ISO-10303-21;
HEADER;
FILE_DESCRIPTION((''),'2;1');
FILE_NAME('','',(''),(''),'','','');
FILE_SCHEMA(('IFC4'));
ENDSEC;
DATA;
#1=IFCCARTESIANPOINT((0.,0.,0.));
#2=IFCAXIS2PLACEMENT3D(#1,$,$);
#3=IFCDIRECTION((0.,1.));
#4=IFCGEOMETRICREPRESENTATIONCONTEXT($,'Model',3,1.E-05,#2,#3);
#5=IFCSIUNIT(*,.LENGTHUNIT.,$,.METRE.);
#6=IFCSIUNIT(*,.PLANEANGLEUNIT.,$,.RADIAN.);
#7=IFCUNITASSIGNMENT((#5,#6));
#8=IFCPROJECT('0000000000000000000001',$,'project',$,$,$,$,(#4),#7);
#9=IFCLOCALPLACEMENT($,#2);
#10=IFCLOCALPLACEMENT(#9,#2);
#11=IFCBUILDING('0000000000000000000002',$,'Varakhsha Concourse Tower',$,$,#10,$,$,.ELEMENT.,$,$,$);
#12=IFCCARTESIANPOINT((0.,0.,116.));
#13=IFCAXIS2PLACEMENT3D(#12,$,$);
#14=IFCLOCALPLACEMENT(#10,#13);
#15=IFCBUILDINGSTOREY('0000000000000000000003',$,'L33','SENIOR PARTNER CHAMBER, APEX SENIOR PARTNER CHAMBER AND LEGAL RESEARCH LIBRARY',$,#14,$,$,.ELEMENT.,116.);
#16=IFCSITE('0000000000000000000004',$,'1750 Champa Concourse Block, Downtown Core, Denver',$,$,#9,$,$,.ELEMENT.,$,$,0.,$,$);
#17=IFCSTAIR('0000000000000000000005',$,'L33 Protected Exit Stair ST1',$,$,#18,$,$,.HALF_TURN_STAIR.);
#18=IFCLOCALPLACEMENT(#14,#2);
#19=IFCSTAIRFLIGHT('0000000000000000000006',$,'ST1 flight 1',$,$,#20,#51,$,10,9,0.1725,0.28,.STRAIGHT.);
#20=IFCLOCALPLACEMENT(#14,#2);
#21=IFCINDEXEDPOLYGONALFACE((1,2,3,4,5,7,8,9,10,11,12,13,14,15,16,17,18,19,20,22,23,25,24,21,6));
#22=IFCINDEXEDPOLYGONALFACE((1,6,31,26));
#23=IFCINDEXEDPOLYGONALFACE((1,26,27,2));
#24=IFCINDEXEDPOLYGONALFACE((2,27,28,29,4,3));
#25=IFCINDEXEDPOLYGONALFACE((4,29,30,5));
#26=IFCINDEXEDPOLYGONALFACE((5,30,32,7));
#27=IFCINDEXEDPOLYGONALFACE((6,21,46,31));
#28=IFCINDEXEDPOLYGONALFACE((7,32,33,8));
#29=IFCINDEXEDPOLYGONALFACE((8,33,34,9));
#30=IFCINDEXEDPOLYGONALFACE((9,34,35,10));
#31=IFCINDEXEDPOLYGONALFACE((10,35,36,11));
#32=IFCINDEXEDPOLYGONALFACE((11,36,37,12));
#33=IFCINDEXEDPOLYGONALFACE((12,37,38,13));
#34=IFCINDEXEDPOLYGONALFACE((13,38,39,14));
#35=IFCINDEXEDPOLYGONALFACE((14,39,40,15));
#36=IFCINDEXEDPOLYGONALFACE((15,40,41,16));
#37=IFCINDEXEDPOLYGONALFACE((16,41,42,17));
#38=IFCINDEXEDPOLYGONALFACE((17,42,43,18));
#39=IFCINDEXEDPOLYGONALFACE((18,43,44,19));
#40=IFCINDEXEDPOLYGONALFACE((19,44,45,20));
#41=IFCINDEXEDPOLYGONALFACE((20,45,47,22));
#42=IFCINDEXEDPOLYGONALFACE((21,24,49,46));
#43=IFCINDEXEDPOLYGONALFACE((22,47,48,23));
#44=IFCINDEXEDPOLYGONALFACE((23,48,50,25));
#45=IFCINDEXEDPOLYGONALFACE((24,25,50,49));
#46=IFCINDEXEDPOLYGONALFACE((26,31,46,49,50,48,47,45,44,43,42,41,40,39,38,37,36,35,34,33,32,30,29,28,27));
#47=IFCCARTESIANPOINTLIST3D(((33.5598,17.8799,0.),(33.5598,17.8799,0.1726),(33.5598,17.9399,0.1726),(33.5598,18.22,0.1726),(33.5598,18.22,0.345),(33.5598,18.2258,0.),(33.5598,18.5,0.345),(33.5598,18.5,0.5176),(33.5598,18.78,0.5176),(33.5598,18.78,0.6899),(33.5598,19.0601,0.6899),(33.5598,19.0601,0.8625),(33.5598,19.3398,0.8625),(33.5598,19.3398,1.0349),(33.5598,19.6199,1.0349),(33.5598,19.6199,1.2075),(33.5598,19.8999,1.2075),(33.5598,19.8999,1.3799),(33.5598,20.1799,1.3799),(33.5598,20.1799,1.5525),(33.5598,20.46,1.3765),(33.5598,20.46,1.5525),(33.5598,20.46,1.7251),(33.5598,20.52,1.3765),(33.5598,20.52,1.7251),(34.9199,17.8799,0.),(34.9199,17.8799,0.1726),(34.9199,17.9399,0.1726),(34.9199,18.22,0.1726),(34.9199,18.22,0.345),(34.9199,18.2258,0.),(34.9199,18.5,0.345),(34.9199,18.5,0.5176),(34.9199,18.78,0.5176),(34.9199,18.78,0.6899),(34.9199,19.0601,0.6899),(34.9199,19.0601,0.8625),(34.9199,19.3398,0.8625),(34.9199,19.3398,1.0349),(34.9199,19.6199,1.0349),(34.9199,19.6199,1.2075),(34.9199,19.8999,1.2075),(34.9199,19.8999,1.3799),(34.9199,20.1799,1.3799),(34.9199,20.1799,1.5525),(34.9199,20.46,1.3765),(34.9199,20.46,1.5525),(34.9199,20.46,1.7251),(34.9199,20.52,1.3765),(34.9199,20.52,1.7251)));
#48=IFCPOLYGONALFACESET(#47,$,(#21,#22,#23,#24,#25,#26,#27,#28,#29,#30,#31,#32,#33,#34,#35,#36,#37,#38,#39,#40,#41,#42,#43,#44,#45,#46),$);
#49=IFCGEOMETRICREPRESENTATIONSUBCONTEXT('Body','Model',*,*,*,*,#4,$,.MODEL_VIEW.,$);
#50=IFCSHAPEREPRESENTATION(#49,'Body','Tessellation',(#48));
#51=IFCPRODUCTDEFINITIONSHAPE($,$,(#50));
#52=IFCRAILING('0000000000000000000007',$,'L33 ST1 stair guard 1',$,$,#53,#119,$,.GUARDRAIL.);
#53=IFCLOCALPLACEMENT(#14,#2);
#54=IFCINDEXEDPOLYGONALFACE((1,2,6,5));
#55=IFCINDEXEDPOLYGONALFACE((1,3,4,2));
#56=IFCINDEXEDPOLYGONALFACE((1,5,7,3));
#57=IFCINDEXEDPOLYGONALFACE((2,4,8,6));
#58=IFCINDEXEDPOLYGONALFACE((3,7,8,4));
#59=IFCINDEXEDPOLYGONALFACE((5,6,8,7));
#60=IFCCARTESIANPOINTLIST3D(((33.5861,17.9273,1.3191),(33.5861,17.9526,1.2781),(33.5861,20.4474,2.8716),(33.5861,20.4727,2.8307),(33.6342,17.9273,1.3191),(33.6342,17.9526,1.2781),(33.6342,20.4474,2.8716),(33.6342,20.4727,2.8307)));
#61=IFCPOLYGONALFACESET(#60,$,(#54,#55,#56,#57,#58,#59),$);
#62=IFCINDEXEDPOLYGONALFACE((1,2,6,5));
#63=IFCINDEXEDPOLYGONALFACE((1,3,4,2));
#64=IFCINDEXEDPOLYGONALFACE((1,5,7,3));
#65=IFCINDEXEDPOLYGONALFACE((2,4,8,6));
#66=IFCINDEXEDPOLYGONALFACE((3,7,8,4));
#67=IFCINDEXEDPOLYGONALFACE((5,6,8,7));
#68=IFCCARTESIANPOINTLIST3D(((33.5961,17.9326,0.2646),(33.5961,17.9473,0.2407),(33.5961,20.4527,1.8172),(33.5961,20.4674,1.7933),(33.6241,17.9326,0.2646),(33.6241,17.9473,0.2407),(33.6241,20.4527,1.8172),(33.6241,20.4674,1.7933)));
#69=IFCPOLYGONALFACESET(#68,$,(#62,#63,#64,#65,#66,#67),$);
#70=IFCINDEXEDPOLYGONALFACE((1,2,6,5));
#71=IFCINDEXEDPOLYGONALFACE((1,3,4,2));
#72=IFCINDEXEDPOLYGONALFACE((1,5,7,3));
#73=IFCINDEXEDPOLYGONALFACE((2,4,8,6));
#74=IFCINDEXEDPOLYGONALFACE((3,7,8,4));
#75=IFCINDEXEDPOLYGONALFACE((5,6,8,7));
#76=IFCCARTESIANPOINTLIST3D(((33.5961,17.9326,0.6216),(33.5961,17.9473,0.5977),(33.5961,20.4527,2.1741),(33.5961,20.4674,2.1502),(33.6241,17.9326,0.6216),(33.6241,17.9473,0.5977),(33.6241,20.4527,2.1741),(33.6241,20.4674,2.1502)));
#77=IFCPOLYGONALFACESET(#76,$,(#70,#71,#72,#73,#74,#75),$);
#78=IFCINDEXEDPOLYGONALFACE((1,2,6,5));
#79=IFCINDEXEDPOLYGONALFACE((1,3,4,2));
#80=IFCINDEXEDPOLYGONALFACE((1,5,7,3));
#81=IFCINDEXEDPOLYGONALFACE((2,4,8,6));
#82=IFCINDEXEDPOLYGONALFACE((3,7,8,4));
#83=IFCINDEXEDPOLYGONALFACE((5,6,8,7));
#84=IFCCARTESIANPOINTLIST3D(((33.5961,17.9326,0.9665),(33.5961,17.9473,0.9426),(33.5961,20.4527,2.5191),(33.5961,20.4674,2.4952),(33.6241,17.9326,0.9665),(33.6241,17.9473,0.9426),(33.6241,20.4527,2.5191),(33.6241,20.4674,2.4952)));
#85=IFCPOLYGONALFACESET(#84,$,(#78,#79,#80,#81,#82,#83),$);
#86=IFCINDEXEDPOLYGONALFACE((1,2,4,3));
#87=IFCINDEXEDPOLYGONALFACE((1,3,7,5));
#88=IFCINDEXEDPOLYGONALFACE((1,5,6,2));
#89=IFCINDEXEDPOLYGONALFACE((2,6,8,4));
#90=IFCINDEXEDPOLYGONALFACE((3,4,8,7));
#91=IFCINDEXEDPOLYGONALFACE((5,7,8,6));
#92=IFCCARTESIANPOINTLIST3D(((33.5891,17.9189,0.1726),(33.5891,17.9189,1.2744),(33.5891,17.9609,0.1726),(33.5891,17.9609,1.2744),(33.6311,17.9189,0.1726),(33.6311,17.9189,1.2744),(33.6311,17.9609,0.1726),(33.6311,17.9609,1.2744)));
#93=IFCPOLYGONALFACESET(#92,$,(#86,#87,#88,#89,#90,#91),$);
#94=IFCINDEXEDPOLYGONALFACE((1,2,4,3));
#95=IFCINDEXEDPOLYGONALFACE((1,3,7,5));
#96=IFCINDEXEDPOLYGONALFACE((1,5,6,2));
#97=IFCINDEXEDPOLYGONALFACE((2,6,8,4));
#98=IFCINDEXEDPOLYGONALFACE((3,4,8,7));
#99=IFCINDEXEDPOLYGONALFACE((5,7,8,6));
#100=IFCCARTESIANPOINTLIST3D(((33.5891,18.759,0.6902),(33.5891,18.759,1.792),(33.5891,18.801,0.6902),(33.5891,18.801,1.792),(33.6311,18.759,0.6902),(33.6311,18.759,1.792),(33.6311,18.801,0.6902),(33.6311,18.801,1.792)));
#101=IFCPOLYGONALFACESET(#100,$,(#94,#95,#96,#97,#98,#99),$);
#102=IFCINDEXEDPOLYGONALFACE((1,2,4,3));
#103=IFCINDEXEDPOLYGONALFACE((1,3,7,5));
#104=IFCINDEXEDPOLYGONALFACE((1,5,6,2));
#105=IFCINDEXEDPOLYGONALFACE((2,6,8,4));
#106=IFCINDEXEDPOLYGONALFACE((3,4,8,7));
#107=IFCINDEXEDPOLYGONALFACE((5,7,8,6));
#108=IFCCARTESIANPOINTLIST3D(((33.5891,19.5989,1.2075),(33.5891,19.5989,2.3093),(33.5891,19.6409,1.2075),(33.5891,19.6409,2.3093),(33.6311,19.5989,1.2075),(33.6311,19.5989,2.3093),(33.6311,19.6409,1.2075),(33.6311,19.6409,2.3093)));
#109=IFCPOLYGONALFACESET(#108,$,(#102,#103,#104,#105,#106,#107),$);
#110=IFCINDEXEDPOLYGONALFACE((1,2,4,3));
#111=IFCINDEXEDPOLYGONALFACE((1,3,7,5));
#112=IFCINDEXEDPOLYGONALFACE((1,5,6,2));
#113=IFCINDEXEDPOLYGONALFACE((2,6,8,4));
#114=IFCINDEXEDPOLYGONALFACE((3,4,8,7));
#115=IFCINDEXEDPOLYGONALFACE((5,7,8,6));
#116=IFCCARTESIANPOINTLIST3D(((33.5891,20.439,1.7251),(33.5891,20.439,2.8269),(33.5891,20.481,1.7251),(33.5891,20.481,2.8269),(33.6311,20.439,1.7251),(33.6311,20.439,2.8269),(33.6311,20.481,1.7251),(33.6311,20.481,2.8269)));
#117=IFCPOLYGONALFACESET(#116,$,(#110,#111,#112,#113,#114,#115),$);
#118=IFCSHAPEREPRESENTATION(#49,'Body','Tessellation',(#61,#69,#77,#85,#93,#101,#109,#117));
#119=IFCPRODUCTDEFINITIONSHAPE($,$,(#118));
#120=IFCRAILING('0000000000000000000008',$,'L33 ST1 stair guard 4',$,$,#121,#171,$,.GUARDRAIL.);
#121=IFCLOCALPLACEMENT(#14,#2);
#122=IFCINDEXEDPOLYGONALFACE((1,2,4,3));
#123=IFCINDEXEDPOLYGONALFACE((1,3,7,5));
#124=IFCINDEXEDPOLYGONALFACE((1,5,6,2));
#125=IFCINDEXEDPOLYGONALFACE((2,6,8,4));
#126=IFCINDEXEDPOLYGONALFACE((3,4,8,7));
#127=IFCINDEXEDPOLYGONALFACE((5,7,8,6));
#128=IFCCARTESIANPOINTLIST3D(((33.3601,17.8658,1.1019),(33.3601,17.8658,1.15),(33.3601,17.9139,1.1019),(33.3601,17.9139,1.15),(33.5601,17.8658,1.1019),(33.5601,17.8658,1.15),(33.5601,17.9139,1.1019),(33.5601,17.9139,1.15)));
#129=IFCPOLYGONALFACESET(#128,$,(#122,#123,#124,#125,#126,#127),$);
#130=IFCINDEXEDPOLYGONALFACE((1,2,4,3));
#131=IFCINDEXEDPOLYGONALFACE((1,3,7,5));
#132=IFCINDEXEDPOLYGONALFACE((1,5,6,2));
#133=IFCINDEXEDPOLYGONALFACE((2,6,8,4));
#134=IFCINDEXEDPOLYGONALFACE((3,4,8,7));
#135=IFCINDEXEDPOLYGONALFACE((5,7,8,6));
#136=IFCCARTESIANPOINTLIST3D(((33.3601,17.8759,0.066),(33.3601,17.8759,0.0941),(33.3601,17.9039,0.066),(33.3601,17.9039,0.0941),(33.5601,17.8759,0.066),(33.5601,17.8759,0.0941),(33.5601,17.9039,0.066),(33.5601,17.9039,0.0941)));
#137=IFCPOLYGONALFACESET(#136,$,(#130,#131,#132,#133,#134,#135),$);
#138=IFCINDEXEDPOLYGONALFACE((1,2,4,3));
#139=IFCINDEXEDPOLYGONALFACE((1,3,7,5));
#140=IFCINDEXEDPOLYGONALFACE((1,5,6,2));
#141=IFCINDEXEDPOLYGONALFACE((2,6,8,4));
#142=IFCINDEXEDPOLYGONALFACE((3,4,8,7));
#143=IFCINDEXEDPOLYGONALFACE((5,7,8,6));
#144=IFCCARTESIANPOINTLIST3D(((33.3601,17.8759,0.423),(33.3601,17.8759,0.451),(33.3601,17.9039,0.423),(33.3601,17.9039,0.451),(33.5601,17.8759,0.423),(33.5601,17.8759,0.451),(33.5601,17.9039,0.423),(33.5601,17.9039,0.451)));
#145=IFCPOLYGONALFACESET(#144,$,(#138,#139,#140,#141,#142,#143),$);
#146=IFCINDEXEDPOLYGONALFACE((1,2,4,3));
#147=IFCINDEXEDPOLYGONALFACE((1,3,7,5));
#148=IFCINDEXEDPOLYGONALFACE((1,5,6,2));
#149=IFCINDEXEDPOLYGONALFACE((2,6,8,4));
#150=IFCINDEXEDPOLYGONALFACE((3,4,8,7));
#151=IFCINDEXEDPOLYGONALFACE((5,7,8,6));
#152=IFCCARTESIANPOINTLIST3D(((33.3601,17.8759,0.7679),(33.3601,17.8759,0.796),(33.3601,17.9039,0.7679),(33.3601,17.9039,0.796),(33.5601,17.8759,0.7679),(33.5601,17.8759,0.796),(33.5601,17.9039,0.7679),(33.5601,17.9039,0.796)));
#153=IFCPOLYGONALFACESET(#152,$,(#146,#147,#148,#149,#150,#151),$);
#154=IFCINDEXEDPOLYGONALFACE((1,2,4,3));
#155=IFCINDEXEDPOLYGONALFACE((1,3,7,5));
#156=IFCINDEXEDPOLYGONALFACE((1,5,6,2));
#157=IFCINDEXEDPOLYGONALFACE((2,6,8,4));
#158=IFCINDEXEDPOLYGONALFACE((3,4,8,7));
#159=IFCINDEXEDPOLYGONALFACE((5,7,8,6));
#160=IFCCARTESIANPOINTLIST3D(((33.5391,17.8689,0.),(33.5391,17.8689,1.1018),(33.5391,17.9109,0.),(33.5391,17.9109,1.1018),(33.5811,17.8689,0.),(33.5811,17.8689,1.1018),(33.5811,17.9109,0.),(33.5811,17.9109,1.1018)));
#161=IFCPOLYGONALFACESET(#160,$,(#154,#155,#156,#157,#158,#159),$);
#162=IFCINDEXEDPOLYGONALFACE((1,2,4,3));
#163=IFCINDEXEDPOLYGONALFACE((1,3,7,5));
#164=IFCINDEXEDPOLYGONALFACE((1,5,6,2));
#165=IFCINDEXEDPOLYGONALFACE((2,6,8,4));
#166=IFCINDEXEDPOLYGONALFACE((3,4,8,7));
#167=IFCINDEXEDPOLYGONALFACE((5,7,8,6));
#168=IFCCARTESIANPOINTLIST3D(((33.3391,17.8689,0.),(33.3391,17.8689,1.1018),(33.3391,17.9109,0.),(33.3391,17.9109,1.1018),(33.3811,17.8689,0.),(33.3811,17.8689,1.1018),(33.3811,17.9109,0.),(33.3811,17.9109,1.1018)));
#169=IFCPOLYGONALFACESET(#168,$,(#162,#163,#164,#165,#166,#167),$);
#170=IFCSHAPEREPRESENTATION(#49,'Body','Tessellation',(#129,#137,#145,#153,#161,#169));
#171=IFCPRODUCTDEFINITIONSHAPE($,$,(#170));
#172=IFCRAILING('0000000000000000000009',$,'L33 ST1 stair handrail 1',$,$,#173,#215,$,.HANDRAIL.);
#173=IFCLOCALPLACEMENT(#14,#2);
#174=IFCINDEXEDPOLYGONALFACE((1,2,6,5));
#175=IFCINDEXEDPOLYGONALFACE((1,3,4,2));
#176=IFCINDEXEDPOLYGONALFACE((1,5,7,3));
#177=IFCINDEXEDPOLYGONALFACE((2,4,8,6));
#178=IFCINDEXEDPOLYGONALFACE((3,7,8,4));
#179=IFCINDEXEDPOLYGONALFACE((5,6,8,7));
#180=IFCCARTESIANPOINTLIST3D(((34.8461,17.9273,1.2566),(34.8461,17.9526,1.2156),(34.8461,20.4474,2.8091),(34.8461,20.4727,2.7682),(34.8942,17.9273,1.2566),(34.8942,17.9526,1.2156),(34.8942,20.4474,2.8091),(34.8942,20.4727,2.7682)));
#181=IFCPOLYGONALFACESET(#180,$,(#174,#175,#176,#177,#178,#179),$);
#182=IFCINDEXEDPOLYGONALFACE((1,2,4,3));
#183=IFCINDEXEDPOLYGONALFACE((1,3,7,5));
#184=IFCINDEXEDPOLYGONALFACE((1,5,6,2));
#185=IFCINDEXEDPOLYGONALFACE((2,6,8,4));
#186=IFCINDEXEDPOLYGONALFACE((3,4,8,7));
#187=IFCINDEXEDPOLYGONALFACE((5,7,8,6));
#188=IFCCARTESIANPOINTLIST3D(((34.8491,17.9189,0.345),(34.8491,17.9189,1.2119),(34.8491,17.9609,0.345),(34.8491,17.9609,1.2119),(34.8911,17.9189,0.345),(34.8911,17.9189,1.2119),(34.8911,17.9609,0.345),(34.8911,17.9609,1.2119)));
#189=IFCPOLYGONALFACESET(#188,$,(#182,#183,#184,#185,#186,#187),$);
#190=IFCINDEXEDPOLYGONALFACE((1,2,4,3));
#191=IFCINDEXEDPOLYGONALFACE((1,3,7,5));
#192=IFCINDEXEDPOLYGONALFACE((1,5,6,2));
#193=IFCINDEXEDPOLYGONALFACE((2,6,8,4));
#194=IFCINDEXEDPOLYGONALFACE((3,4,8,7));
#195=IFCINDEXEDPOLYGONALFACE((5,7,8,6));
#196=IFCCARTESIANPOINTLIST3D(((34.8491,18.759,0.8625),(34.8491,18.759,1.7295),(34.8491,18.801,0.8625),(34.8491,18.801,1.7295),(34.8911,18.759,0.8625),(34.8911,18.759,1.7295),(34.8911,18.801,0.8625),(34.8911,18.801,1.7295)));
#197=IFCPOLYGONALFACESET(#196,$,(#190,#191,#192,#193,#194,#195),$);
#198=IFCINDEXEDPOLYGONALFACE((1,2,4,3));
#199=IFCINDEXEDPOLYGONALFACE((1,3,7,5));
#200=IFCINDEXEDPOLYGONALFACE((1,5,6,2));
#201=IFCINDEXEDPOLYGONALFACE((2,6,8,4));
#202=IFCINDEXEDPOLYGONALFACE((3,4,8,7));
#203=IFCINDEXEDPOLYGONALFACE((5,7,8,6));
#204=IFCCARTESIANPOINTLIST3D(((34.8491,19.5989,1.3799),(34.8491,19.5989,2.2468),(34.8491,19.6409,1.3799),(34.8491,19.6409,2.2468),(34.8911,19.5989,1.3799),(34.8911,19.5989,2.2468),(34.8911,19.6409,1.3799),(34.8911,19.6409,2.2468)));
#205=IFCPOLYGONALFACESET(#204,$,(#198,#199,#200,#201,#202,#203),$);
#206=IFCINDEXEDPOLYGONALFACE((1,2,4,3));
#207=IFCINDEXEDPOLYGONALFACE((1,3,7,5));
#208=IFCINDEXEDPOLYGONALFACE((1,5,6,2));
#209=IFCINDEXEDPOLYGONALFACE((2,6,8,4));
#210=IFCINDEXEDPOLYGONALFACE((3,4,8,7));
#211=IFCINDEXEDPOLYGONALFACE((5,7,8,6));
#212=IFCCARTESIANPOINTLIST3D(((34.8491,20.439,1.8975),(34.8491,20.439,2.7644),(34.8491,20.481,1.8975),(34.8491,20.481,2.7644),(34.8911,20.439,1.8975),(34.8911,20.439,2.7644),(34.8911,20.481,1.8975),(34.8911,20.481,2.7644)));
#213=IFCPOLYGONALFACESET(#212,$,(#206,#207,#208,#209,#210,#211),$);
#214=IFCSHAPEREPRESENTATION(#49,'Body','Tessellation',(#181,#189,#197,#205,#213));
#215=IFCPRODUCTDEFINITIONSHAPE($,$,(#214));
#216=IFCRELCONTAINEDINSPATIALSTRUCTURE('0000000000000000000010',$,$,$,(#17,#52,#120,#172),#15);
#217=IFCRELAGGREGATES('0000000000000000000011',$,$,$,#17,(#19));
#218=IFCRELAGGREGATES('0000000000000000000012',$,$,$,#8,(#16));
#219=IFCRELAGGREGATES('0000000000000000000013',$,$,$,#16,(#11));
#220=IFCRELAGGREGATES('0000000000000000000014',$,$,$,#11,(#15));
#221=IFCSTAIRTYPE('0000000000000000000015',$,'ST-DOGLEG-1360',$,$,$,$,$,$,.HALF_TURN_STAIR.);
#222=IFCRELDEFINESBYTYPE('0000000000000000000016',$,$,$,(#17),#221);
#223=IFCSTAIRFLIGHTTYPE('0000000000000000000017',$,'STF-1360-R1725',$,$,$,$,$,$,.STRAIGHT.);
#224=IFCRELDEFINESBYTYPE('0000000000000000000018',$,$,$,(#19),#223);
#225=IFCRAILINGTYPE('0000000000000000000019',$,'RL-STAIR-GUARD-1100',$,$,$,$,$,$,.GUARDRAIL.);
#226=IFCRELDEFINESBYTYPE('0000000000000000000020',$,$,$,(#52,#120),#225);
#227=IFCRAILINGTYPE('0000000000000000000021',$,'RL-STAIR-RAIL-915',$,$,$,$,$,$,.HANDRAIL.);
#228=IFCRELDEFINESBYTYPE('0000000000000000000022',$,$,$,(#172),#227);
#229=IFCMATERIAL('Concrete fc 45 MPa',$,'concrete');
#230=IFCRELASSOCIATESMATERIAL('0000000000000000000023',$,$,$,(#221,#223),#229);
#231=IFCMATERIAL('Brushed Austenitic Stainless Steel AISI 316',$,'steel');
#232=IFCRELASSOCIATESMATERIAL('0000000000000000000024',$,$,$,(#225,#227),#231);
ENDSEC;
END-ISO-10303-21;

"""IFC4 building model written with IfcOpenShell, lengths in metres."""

from ifc_helpers import new_model, si_unit, direction, frame, origin, origin_2d, place, context, subcontext, project, spatial, polyline, rectangle, outline, extrude, material, type_object, element, aggregate, save


model = new_model("IFC4")

# Units and contexts
model_context = context("Model", 3, precision=1e-05, world=origin(), true_north=direction((0.0, 1.0)))
body_context = subcontext(model_context, "Body", "Model", "MODEL_VIEW")
ifc_project = project(units=[si_unit("LENGTHUNIT", "METRE"), si_unit("PLANEANGLEUNIT", "RADIAN")], contexts=[model_context])

# Site, building, storey
site_placement = place(None, origin())
site = spatial("IfcSite", under=ifc_project, at=site_placement, Name="1750 Champa Concourse Block, Downtown Core, Denver", CompositionType="ELEMENT", RefElevation=0.0)
building_placement = place(site_placement, origin())
building = spatial("IfcBuilding", under=site, at=building_placement, Name="Varakhsha Concourse Tower", CompositionType="ELEMENT")
storey_placement = place(building_placement, frame((0.0, 0.0, 116.0)))
storey = spatial("IfcBuildingStorey", under=building, at=storey_placement, Name="L33", Description="SENIOR PARTNER CHAMBER, APEX SENIOR PARTNER CHAMBER AND LEGAL RESEARCH LIBRARY", CompositionType="ELEMENT", Elevation=116.0)

# Shared definitions
ifc_material_1 = material(Name="Concrete fc 45 MPa", Category="concrete")

# Stair, stair flight
stair_type = type_object("IfcStairType", Name="ST-DOGLEG-1360", PredefinedType="HALF_TURN_STAIR", material=ifc_material_1)
stair_placement = place(storey_placement, origin())
stair = element("IfcStair", 1, at=stair_placement, inside=storey, type_object=stair_type, Name="L33 Protected Exit Stair ST1", PredefinedType="HALF_TURN_STAIR")
stair_flight_type = type_object("IfcStairFlightType", Name="STF-1360-R1725", PredefinedType="STRAIGHT", material=ifc_material_1)
stair_flight_placement = place(storey_placement, frame((34.24, 17.9399, 0.0), z_axis=(0.0, 0.0, 1.0), x_axis=(0.0, 1.0, 0.0)))
stair_flight = element("IfcStairFlight", 2, at=stair_flight_placement, type_object=stair_flight_type, Name="ST1 flight 1", NumberOfRisers=10, NumberOfTreads=9, PredefinedType="STRAIGHT", RiserHeight=0.1725, TreadLength=0.28, context=body_context, shape_type="SweptSolid", body=[
    extrude(outline(polyline([(-0.0601, 0.0), (-0.0601, 0.1726), (0.0, 0.1726), (0.28, 0.1726), (0.28, 0.345), (0.5601, 0.345), (0.5601, 0.5176), (0.8401, 0.5176), (0.8401, 0.6899), (1.1201, 0.6899), (1.1201, 0.8625), (1.3999, 0.8625), (1.3999, 1.0349), (1.6799, 1.0349), (1.6799, 1.2075), (1.96, 1.2075), (1.96, 1.3799), (2.24, 1.3799), (2.24, 1.5525), (2.52, 1.5525), (2.52, 1.7251), (2.5801, 1.7251), (2.5801, 1.3765), (2.52, 1.3765), (0.2859, 0.0), (-0.0601, 0.0)])), frame((0.0, 0.6802, 0.0), z_axis=(0.0, -1.0, 0.0), x_axis=(1.0, 0.0, 0.0)), (0.0, 0.0, 1.0), 1.3601),
])
aggregate(stair, [stair_flight])

# Railings
ifc_material_2 = material(Name="Brushed Austenitic Stainless Steel AISI 316", Category="steel")
railing_type_1 = type_object("IfcRailingType", Name="RL-STAIR-GUARD-1100", PredefinedType="GUARDRAIL", material=ifc_material_2)
railing_1_placement = place(storey_placement, frame((33.6101, 17.9399, 0.1726)))
element("IfcRailing", 3, at=railing_1_placement, inside=storey, type_object=railing_type_1, Name="L33 ST1 stair guard 1", PredefinedType="GUARDRAIL", context=body_context, shape_type="SweptSolid", body=[
    extrude(rectangle(XDim=0.0481, YDim=0.0481, at=origin_2d()), frame((0.0, 0.0, 1.126), z_axis=(0.0, 0.8514, 0.524516), x_axis=(-1.0, 0.0, 0.0)), (0.0, 0.0, 1.0), 2.96),
    extrude(rectangle(XDim=0.0281, YDim=0.0281, at=origin_2d()), frame((0.0, 0.0, 0.0801), z_axis=(0.0, 0.8514, 0.524516), x_axis=(-1.0, 0.0, 0.0)), (0.0, 0.0, 1.0), 2.96),
    extrude(rectangle(XDim=0.0281, YDim=0.0281, at=origin_2d()), frame((0.0, 0.0, 0.437), z_axis=(0.0, 0.8514, 0.524516), x_axis=(-1.0, 0.0, 0.0)), (0.0, 0.0, 1.0), 2.96),
    extrude(rectangle(XDim=0.0281, YDim=0.0281, at=origin_2d()), frame((0.0, 0.0, 0.782), z_axis=(0.0, 0.8514, 0.524516), x_axis=(-1.0, 0.0, 0.0)), (0.0, 0.0, 1.0), 2.96),
    extrude(rectangle(XDim=0.042, YDim=0.042, at=origin_2d()), origin(), (0.0, 0.0, 1.0), 1.1018),
    extrude(rectangle(XDim=0.042, YDim=0.042, at=origin_2d()), frame((0.0, 0.8401, 0.5176)), (0.0, 0.0, 1.0), 1.1018),
    extrude(rectangle(XDim=0.042, YDim=0.042, at=origin_2d()), frame((0.0, 1.6799, 1.0349)), (0.0, 0.0, 1.0), 1.1018),
    extrude(rectangle(XDim=0.042, YDim=0.042, at=origin_2d()), frame((0.0, 2.52, 1.5525)), (0.0, 0.0, 1.0), 1.1018),
])
railing_2_placement = place(storey_placement, frame((33.5601, 17.8899, 0.0)))
element("IfcRailing", 4, at=railing_2_placement, inside=storey, type_object=railing_type_1, Name="L33 ST1 stair guard 4", PredefinedType="GUARDRAIL", context=body_context, shape_type="SweptSolid", body=[
    extrude(rectangle(XDim=0.0481, YDim=0.0481, at=origin_2d()), frame((0.0, 0.0, 1.126), z_axis=(-1.0, 0.0, 0.0), x_axis=(0.0, -1.0, 0.0)), (0.0, 0.0, 1.0), 0.2),
    extrude(rectangle(XDim=0.0281, YDim=0.0281, at=origin_2d()), frame((0.0, 0.0, 0.0801), z_axis=(-1.0, 0.0, 0.0), x_axis=(0.0, -1.0, 0.0)), (0.0, 0.0, 1.0), 0.2),
    extrude(rectangle(XDim=0.0281, YDim=0.0281, at=origin_2d()), frame((0.0, 0.0, 0.437), z_axis=(-1.0, 0.0, 0.0), x_axis=(0.0, -1.0, 0.0)), (0.0, 0.0, 1.0), 0.2),
    extrude(rectangle(XDim=0.0281, YDim=0.0281, at=origin_2d()), frame((0.0, 0.0, 0.782), z_axis=(-1.0, 0.0, 0.0), x_axis=(0.0, -1.0, 0.0)), (0.0, 0.0, 1.0), 0.2),
    extrude(rectangle(XDim=0.042, YDim=0.042, at=origin_2d()), origin(), (0.0, 0.0, 1.0), 1.1018),
    extrude(rectangle(XDim=0.042, YDim=0.042, at=origin_2d()), frame((-0.2, 0.0, 0.0)), (0.0, 0.0, 1.0), 1.1018),
])
railing_type_2 = type_object("IfcRailingType", Name="RL-STAIR-RAIL-915", PredefinedType="HANDRAIL", material=ifc_material_2)
railing_3_placement = place(storey_placement, frame((34.8701, 17.9399, 0.345)))
element("IfcRailing", 5, at=railing_3_placement, inside=storey, type_object=railing_type_2, Name="L33 ST1 stair handrail 1", PredefinedType="HANDRAIL", context=body_context, shape_type="SweptSolid", body=[
    extrude(rectangle(XDim=0.0481, YDim=0.0481, at=origin_2d()), frame((0.0, 0.0, 0.8911), z_axis=(0.0, 0.8514, 0.524516), x_axis=(-1.0, 0.0, 0.0)), (0.0, 0.0, 1.0), 2.96),
    extrude(rectangle(XDim=0.042, YDim=0.042, at=origin_2d()), origin(), (0.0, 0.0, 1.0), 0.8669),
    extrude(rectangle(XDim=0.042, YDim=0.042, at=origin_2d()), frame((0.0, 0.8401, 0.5176)), (0.0, 0.0, 1.0), 0.8669),
    extrude(rectangle(XDim=0.042, YDim=0.042, at=origin_2d()), frame((0.0, 1.6799, 1.0349)), (0.0, 0.0, 1.0), 0.8669),
    extrude(rectangle(XDim=0.042, YDim=0.042, at=origin_2d()), frame((0.0, 2.52, 1.5525)), (0.0, 0.0, 1.0), 0.8669),
])

save(model, "model.ifc")
